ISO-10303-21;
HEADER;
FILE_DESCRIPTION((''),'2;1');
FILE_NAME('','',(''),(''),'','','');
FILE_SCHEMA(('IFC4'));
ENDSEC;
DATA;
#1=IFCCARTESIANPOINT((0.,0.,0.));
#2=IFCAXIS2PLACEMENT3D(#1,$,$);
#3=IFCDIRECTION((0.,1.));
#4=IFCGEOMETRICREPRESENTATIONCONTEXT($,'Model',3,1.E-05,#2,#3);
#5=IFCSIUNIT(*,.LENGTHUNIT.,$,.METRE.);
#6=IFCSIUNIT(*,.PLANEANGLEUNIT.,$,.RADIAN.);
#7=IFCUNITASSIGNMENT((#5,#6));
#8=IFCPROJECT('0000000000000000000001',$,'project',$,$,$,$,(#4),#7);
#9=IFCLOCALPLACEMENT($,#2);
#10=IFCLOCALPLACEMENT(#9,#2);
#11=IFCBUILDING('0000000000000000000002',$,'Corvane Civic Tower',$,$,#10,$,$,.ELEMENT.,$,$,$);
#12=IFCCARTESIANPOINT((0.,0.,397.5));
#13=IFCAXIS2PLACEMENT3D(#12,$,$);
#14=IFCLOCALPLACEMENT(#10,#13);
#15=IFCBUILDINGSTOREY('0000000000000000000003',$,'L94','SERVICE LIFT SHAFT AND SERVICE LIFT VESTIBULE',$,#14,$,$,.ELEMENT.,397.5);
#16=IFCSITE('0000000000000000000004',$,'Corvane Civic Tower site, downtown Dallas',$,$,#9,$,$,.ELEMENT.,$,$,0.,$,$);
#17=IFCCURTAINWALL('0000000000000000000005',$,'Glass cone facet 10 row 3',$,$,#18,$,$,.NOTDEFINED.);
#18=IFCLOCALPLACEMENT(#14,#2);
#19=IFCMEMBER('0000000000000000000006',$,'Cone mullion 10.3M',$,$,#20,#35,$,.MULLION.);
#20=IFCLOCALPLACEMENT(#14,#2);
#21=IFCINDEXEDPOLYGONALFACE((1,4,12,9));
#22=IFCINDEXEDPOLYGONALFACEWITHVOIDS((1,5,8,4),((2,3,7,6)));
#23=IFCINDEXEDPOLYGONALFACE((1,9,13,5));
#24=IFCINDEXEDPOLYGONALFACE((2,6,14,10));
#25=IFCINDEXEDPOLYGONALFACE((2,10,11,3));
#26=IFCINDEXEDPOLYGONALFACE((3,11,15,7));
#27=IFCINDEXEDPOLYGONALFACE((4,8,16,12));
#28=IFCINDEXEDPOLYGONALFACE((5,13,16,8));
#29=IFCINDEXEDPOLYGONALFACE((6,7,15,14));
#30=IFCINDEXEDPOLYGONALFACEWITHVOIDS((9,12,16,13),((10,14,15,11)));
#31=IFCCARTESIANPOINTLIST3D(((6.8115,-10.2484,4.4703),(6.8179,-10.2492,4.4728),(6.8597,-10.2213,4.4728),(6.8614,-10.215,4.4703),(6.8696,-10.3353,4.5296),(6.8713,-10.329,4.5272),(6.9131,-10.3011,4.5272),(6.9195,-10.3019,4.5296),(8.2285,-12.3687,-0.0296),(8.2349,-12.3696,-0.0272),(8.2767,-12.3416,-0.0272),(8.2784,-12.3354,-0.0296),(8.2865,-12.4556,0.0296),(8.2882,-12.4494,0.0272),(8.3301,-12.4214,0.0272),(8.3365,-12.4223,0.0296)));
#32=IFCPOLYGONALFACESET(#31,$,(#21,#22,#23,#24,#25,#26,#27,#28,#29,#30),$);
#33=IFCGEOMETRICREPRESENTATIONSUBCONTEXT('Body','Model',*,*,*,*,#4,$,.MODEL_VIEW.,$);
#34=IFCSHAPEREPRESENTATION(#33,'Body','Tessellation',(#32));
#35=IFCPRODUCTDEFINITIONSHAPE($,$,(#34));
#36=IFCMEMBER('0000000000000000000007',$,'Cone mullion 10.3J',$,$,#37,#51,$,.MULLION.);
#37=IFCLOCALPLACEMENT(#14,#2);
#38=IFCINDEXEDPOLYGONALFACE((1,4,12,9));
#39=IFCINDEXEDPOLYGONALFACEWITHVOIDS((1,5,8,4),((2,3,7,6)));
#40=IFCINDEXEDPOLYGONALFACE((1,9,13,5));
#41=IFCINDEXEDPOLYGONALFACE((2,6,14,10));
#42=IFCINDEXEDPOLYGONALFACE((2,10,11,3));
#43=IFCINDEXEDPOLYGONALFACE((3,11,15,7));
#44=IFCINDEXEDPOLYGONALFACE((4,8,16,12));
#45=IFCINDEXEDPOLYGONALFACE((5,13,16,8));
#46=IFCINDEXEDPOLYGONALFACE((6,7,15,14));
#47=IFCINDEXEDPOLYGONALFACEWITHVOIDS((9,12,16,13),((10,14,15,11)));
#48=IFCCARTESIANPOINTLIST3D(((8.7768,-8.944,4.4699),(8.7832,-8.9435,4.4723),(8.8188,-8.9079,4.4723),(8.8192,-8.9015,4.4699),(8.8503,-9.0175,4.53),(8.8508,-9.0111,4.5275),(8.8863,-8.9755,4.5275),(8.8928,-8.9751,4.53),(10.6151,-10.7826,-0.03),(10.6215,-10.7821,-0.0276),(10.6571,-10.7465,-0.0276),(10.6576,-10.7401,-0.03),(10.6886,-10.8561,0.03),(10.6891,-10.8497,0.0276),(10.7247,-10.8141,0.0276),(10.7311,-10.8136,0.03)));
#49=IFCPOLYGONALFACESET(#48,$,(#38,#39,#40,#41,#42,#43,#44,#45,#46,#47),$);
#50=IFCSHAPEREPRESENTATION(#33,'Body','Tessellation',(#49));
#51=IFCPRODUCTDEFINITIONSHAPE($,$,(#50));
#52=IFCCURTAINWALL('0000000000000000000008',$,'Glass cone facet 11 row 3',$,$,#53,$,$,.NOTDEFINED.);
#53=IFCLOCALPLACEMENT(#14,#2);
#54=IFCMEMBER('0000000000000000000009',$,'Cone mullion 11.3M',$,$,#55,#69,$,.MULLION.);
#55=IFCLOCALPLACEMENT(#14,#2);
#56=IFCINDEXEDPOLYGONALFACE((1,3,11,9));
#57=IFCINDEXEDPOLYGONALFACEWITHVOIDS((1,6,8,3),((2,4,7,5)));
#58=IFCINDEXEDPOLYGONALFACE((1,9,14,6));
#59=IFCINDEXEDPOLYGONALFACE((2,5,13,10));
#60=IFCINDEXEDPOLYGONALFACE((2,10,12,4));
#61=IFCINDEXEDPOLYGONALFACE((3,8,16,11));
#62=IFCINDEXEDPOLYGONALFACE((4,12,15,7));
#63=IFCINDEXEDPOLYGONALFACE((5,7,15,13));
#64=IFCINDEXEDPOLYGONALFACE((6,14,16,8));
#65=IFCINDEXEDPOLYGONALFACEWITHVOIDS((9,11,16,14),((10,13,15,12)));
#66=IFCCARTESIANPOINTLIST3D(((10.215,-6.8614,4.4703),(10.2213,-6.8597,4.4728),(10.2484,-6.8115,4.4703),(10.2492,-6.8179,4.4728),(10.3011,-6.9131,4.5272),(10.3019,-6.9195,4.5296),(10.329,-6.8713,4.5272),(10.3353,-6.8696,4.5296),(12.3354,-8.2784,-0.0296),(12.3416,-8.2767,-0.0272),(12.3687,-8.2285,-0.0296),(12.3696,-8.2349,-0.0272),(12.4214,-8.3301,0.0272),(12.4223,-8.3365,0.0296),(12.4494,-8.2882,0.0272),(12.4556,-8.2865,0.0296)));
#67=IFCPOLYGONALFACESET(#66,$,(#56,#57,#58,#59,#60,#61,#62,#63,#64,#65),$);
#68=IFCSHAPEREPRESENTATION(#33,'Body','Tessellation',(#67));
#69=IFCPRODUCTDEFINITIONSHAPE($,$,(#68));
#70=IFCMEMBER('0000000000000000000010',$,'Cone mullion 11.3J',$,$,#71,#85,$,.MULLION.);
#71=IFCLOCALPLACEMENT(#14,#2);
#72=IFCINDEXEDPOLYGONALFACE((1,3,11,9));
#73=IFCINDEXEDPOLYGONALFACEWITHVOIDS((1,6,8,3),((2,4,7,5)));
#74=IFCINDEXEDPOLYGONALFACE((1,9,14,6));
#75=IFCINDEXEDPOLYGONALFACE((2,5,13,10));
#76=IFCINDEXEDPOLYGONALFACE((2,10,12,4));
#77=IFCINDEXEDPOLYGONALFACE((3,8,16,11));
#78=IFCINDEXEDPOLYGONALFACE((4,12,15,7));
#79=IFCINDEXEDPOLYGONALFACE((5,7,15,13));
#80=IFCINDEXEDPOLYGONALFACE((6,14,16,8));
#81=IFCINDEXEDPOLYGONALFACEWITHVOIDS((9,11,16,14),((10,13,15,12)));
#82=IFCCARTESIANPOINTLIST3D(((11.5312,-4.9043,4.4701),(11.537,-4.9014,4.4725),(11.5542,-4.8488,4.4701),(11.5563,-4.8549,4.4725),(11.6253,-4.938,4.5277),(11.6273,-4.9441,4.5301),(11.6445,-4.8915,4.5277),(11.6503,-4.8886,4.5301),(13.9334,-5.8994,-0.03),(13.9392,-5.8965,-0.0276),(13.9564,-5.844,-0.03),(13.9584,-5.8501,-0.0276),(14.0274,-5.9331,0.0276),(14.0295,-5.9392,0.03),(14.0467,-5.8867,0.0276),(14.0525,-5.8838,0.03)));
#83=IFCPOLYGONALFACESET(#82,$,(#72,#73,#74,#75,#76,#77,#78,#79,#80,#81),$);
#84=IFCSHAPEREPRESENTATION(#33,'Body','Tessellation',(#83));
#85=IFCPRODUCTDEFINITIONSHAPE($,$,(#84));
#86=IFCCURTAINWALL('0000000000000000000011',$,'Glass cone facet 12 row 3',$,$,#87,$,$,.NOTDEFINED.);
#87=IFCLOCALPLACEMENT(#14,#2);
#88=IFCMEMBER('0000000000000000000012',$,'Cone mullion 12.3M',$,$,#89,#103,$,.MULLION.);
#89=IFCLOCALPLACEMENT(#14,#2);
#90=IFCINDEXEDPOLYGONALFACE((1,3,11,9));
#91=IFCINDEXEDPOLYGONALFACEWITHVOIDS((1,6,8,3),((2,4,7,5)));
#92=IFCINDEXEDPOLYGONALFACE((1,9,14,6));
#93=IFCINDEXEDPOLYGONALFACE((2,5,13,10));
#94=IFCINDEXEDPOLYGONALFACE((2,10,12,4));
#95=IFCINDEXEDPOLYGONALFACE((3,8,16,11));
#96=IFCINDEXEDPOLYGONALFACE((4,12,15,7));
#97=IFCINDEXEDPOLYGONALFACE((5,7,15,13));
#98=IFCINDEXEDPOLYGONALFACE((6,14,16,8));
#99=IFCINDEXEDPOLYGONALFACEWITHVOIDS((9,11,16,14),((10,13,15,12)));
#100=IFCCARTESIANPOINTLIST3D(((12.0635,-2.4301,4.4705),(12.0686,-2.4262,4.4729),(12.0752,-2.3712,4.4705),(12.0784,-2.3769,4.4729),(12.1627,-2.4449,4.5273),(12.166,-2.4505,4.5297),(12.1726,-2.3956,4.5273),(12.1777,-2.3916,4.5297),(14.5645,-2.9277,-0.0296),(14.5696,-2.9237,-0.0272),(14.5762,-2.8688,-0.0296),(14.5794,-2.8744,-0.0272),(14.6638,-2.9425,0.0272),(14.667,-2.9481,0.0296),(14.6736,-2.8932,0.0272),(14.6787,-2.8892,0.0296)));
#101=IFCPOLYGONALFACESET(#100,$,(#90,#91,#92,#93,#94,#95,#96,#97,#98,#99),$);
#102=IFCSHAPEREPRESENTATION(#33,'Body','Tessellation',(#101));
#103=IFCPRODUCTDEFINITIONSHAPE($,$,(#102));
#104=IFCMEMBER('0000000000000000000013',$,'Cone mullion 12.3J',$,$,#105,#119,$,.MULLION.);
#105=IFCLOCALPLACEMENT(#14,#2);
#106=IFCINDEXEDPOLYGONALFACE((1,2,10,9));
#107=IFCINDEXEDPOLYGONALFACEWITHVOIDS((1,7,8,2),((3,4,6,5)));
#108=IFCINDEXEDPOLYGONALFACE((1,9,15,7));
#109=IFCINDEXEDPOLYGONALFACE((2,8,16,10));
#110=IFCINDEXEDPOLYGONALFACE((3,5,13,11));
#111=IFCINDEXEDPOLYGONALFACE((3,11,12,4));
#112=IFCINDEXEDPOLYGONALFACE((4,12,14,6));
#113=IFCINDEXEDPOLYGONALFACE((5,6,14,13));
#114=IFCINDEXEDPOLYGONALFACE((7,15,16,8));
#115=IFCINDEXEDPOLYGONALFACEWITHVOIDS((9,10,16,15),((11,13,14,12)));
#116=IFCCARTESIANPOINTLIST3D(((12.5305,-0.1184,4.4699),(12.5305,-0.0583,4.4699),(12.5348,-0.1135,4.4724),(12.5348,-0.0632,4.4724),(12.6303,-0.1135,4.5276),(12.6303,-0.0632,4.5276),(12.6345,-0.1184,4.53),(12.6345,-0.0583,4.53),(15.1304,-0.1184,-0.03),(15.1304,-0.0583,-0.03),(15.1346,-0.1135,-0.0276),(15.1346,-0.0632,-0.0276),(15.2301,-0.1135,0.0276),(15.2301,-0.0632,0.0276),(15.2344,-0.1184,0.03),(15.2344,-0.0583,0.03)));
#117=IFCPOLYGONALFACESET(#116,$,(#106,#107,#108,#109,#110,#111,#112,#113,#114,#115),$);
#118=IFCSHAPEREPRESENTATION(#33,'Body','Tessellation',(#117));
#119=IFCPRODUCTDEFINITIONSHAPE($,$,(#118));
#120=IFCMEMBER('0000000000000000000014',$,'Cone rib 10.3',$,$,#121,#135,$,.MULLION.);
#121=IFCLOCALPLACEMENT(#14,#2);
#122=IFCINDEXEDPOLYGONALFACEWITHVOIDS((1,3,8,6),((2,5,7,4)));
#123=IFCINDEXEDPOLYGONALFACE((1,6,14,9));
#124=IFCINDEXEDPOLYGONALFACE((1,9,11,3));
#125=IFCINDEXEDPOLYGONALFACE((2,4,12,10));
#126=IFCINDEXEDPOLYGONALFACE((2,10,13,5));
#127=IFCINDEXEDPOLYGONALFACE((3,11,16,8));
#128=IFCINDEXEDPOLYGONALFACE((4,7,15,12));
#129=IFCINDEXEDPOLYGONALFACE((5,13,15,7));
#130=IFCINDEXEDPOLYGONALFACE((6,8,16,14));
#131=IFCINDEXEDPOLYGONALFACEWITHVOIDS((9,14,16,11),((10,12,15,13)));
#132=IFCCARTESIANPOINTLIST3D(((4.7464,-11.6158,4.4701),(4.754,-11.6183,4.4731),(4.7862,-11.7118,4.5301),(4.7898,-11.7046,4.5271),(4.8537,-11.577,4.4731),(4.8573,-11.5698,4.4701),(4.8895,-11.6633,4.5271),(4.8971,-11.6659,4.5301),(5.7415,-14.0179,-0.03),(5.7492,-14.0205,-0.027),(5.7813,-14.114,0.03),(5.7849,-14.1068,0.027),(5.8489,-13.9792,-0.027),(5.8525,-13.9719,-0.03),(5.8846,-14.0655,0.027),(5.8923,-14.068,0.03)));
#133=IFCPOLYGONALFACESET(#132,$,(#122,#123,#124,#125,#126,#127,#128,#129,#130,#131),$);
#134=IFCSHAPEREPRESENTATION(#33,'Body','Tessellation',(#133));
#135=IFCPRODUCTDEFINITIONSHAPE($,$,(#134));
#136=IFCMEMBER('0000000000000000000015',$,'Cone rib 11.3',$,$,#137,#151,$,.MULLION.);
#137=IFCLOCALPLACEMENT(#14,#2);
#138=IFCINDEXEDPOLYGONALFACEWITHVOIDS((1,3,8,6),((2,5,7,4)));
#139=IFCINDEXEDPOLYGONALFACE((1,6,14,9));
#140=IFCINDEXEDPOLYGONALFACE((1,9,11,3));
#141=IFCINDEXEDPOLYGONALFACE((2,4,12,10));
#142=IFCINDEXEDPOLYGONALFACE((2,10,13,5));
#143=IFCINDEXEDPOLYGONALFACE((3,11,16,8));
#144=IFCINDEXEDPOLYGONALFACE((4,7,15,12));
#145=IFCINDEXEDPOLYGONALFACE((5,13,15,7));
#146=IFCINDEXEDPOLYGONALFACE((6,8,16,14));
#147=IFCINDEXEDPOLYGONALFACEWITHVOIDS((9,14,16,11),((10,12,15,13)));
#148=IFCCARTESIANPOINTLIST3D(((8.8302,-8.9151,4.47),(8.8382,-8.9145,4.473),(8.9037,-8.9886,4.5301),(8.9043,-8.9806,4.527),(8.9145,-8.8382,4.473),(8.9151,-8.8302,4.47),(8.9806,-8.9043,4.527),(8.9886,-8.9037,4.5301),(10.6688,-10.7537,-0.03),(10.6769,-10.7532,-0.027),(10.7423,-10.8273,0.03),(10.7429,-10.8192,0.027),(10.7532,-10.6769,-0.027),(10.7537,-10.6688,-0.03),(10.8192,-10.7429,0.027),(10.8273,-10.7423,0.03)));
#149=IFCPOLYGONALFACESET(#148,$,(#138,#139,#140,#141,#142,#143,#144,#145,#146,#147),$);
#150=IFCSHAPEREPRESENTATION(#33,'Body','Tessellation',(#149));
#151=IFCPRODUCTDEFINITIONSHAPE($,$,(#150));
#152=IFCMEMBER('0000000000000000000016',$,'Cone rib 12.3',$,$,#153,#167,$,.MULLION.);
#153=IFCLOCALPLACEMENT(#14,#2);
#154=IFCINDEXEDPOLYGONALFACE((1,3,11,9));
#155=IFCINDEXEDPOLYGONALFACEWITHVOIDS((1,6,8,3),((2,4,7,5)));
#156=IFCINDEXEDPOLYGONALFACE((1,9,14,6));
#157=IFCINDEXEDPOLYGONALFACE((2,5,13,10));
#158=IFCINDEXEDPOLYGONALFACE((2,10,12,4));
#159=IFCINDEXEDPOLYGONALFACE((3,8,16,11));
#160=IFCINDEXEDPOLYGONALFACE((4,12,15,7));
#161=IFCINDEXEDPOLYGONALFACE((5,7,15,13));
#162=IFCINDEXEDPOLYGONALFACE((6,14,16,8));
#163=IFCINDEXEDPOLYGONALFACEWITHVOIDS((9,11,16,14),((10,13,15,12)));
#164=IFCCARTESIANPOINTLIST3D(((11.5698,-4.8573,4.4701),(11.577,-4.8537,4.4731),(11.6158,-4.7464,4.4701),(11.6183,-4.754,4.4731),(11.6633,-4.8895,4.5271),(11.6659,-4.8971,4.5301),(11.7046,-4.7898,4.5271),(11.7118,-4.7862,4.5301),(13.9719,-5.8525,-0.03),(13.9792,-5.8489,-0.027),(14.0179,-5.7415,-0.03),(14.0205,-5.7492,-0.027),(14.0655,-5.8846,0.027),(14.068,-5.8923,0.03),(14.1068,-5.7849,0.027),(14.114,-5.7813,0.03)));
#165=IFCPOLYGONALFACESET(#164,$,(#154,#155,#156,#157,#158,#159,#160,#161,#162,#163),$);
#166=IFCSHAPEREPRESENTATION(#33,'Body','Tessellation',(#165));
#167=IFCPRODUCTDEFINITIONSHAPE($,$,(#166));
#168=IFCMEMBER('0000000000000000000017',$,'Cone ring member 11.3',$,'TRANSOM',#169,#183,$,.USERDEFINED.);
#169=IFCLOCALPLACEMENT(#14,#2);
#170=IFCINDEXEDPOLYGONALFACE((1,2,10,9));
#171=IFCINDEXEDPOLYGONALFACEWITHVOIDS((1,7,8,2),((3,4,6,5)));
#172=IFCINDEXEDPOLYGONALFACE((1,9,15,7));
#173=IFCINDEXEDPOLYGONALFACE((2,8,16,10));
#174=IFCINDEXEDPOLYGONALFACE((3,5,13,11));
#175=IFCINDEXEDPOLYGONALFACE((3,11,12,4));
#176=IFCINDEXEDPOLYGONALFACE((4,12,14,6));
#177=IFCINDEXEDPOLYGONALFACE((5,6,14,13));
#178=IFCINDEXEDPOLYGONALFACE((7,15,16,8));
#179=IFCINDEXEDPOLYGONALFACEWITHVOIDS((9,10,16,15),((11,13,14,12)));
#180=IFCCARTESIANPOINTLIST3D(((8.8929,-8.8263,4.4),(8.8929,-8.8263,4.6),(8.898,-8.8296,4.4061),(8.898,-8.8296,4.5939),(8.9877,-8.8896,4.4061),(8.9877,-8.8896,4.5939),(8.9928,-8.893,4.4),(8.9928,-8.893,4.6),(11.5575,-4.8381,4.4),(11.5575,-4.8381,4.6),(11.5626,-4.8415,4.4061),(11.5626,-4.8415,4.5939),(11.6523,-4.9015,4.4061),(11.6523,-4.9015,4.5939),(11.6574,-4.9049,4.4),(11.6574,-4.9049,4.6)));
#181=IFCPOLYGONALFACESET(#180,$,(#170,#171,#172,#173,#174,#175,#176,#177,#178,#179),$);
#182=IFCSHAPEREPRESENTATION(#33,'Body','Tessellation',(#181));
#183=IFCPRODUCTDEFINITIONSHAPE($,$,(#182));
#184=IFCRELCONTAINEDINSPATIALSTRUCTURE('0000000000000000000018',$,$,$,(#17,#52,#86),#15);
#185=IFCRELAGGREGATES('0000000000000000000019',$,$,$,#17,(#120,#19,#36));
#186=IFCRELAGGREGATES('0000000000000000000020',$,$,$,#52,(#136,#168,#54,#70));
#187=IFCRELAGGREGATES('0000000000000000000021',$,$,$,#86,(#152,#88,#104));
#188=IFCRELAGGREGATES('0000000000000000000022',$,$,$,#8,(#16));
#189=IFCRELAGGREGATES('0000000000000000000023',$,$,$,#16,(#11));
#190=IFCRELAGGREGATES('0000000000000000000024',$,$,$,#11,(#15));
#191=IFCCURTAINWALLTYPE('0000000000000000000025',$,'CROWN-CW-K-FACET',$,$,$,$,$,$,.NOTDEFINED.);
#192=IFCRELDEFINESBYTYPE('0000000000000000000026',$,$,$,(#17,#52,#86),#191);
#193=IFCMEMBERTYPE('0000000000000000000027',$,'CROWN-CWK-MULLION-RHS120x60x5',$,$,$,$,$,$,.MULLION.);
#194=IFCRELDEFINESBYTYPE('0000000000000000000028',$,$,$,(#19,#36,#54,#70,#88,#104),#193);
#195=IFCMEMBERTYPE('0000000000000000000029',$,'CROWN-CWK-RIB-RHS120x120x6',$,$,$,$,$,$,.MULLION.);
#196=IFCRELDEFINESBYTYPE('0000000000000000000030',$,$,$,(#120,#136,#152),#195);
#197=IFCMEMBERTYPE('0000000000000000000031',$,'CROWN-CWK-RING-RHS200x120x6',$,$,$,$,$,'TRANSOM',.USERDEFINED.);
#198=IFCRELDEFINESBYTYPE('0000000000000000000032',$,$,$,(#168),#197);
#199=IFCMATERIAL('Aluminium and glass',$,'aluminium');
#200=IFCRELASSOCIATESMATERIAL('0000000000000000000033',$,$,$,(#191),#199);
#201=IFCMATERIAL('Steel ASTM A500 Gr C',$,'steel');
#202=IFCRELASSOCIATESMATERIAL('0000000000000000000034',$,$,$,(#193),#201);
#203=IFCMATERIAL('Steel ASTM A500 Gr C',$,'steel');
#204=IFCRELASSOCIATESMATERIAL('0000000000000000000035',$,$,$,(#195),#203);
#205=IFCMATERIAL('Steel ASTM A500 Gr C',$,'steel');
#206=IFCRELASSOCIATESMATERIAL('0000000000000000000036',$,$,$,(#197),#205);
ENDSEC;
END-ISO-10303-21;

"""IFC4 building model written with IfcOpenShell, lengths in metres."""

from ifc_helpers import new_model, si_unit, direction, frame, origin, origin_2d, place, context, subcontext, project, spatial, hollow_rectangle, extrude, material, material_profile, profile_set, type_object, element, aggregate, save


model = new_model("IFC4")

# Units and contexts
model_context = context("Model", 3, precision=1e-05, world=origin(), true_north=direction((0.0, 1.0)))
body_context = subcontext(model_context, "Body", "Model", "MODEL_VIEW")
ifc_project = project(units=[si_unit("LENGTHUNIT", "METRE"), si_unit("PLANEANGLEUNIT", "RADIAN")], contexts=[model_context])

# Site, building, storey
site_placement = place(None, origin())
site = spatial("IfcSite", under=ifc_project, at=site_placement, Name="Corvane Civic Tower site, downtown Dallas", CompositionType="ELEMENT", RefElevation=0.0)
building_placement = place(site_placement, origin())
building = spatial("IfcBuilding", under=site, at=building_placement, Name="Corvane Civic Tower", CompositionType="ELEMENT")
storey_placement = place(building_placement, frame((0.0, 0.0, 397.5)))
storey = spatial("IfcBuildingStorey", under=building, at=storey_placement, Name="L94", Description="SERVICE LIFT SHAFT AND SERVICE LIFT VESTIBULE", CompositionType="ELEMENT", Elevation=397.5)

# Shared definitions
ifc_material_1 = material(Name="Aluminium and glass", Category="aluminium")
curtain_wall_type = type_object("IfcCurtainWallType", Name="CROWN-CW-K-FACET", PredefinedType="NOTDEFINED", material=ifc_material_1)
ifc_material_2 = material(Name="Steel ASTM A500 Gr C", Category="steel")
ifc_material_profile_1 = material_profile(ifc_material_2, hollow_rectangle(XDim=0.0601, YDim=0.1201, WallThickness=0.0049, at=origin_2d()), Name="RHS 120x60x5")
ifc_profile_set_1 = profile_set([ifc_material_profile_1], Name="Steel ASTM A500 Gr C")
member_type_1 = type_object("IfcMemberType", Name="CROWN-CWK-MULLION-RHS120x60x5", PredefinedType="MULLION", material=ifc_profile_set_1)

# Curtain walls, members
curtain_wall_1_placement = place(storey_placement, origin())
curtain_wall_1 = element("IfcCurtainWall", 1, at=curtain_wall_1_placement, inside=storey, type_object=curtain_wall_type, Name="Glass cone facet 10 row 3", PredefinedType="NOTDEFINED")
member_1_placement = place(storey_placement, frame((8.2825, -12.3955, 0.0), z_axis=(-0.273952, 0.409937, 0.870001), x_axis=(-0.831431, -0.555628, 0.0)))
member_1 = element("IfcMember", 2, at=member_1_placement, type_object=member_type_1, Name="Cone mullion 10.3M", PredefinedType="MULLION", context=body_context, shape_type="SweptSolid", body=[
    extrude(hollow_rectangle(XDim=0.0601, YDim=0.1201, WallThickness=0.0049, at=origin_2d()), origin(), (0.0, 0.0, 1.0), 5.1724),
])
member_2_placement = place(storey_placement, frame((10.6731, -10.7981, 0.0), z_axis=(-0.35373, 0.353777, 0.865862), x_axis=(-0.707154, -0.70706, 0.0)))
member_2 = element("IfcMember", 3, at=member_2_placement, type_object=member_type_1, Name="Cone mullion 10.3J", PredefinedType="MULLION", context=body_context, shape_type="SweptSolid", body=[
    extrude(hollow_rectangle(XDim=0.0601, YDim=0.1201, WallThickness=0.0049, at=origin_2d()), origin(), (0.0, 0.0, 1.0), 5.197),
])
curtain_wall_2_placement = place(storey_placement, origin())
curtain_wall_2 = element("IfcCurtainWall", 4, at=curtain_wall_2_placement, inside=storey, type_object=curtain_wall_type, Name="Glass cone facet 11 row 3", PredefinedType="NOTDEFINED")
member_3_placement = place(storey_placement, frame((12.3955, -8.2825, 0.0), z_axis=(-0.409937, 0.273952, 0.870001), x_axis=(-0.555628, -0.831431, 0.0)))
member_3 = element("IfcMember", 5, at=member_3_placement, type_object=member_type_1, Name="Cone mullion 11.3M", PredefinedType="MULLION", context=body_context, shape_type="SweptSolid", body=[
    extrude(hollow_rectangle(XDim=0.0601, YDim=0.1201, WallThickness=0.0049, at=origin_2d()), origin(), (0.0, 0.0, 1.0), 5.1724),
])
member_4_placement = place(storey_placement, frame((13.9929, -5.8916, 0.0), z_axis=(-0.462196, 0.191474, 0.86586), x_axis=(-0.382728, -0.923861, 0.0)))
member_4 = element("IfcMember", 6, at=member_4_placement, type_object=member_type_1, Name="Cone mullion 11.3J", PredefinedType="MULLION", context=body_context, shape_type="SweptSolid", body=[
    extrude(hollow_rectangle(XDim=0.0601, YDim=0.1201, WallThickness=0.0049, at=origin_2d()), origin(), (0.0, 0.0, 1.0), 5.1973),
])
curtain_wall_3_placement = place(storey_placement, origin())
curtain_wall_3 = element("IfcCurtainWall", 7, at=curtain_wall_3_placement, inside=storey, type_object=curtain_wall_type, Name="Glass cone facet 12 row 3", PredefinedType="NOTDEFINED")
member_5_placement = place(storey_placement, frame((14.6216, -2.9084, 0.0), z_axis=(-0.483535, 0.096197, 0.870023), x_axis=(-0.195122, -0.980779, 0.0)))
member_5 = element("IfcMember", 8, at=member_5_placement, type_object=member_type_1, Name="Cone mullion 12.3M", PredefinedType="MULLION", context=body_context, shape_type="SweptSolid", body=[
    extrude(hollow_rectangle(XDim=0.0601, YDim=0.1201, WallThickness=0.0049, at=origin_2d()), origin(), (0.0, 0.0, 1.0), 5.1724),
])
member_6_placement = place(storey_placement, frame((15.1824, -0.0884, 0.0), z_axis=(-0.500256, 0.0, 0.865877), x_axis=(0.0, -1.0, 0.0)))
member_6 = element("IfcMember", 9, at=member_6_placement, type_object=member_type_1, Name="Cone mullion 12.3J", PredefinedType="MULLION", context=body_context, shape_type="SweptSolid", body=[
    extrude(hollow_rectangle(XDim=0.0601, YDim=0.1201, WallThickness=0.0049, at=origin_2d()), origin(), (0.0, 0.0, 1.0), 5.197),
])

# Members
ifc_material_3 = material(Name="Steel ASTM A500 Gr C", Category="steel")
ifc_material_profile_2 = material_profile(ifc_material_3, hollow_rectangle(XDim=0.1201, YDim=0.1201, WallThickness=0.0061, at=origin_2d()), Name="RHS 120x120x6")
ifc_profile_set_2 = profile_set([ifc_material_profile_2], Name="Steel ASTM A500 Gr C")
member_type_2 = type_object("IfcMemberType", Name="CROWN-CWK-RIB-RHS120x120x6", PredefinedType="MULLION", material=ifc_profile_set_2)
member_7_placement = place(storey_placement, frame((5.8169, -14.043, 0.0), z_axis=(-0.191474, 0.462196, 0.86586), x_axis=(-0.923861, -0.382728, 0.0)))
member_7 = element("IfcMember", 10, at=member_7_placement, type_object=member_type_2, Name="Cone rib 10.3", PredefinedType="MULLION", context=body_context, shape_type="SweptSolid", body=[
    extrude(hollow_rectangle(XDim=0.1201, YDim=0.1201, WallThickness=0.0061, at=origin_2d()), origin(), (0.0, 0.0, 1.0), 5.1973),
])
member_8_placement = place(storey_placement, frame((10.748, -10.748, 0.0), z_axis=(-0.353771, 0.353771, 0.865848), x_axis=(-0.707107, -0.707107, 0.0)))
member_8 = element("IfcMember", 11, at=member_8_placement, type_object=member_type_2, Name="Cone rib 11.3", PredefinedType="MULLION", context=body_context, shape_type="SweptSolid", body=[
    extrude(hollow_rectangle(XDim=0.1201, YDim=0.1201, WallThickness=0.0061, at=origin_2d()), origin(), (0.0, 0.0, 1.0), 5.1973),
])
member_9_placement = place(storey_placement, frame((14.043, -5.8169, 0.0), z_axis=(-0.462196, 0.191474, 0.86586), x_axis=(-0.382728, -0.923861, 0.0)))
member_9 = element("IfcMember", 12, at=member_9_placement, type_object=member_type_2, Name="Cone rib 12.3", PredefinedType="MULLION", context=body_context, shape_type="SweptSolid", body=[
    extrude(hollow_rectangle(XDim=0.1201, YDim=0.1201, WallThickness=0.0061, at=origin_2d()), origin(), (0.0, 0.0, 1.0), 5.1973),
])
ifc_material_4 = material(Name="Steel ASTM A500 Gr C", Category="steel")
ifc_material_profile_3 = material_profile(ifc_material_4, hollow_rectangle(XDim=0.1201, YDim=0.2, WallThickness=0.0061, at=origin_2d()), Name="RHS 200x120x6")
ifc_profile_set_3 = profile_set([ifc_material_profile_3], Name="Steel ASTM A500 Gr C")
member_type_3 = type_object("IfcMemberType", Name="CROWN-CWK-RING-RHS200x120x6", ElementType="TRANSOM", PredefinedType="USERDEFINED", material=ifc_profile_set_3)
member_10_placement = place(storey_placement, frame((8.9429, -8.8596, 4.5), z_axis=(0.555546, 0.831486, 0.0), x_axis=(-0.831486, 0.555546, 0.0)))
member_10 = element("IfcMember", 13, at=member_10_placement, type_object=member_type_3, Name="Cone ring member 11.3", ObjectType="TRANSOM", PredefinedType="USERDEFINED", context=body_context, shape_type="SweptSolid", body=[
    extrude(hollow_rectangle(XDim=0.1201, YDim=0.2, WallThickness=0.0061, at=origin_2d()), origin(), (0.0, 0.0, 1.0), 4.7964),
])

aggregate(curtain_wall_1, [member_7, member_1, member_2])
aggregate(curtain_wall_2, [member_8, member_10, member_3, member_4])
aggregate(curtain_wall_3, [member_9, member_5, member_6])

save(model, "model.ifc")
